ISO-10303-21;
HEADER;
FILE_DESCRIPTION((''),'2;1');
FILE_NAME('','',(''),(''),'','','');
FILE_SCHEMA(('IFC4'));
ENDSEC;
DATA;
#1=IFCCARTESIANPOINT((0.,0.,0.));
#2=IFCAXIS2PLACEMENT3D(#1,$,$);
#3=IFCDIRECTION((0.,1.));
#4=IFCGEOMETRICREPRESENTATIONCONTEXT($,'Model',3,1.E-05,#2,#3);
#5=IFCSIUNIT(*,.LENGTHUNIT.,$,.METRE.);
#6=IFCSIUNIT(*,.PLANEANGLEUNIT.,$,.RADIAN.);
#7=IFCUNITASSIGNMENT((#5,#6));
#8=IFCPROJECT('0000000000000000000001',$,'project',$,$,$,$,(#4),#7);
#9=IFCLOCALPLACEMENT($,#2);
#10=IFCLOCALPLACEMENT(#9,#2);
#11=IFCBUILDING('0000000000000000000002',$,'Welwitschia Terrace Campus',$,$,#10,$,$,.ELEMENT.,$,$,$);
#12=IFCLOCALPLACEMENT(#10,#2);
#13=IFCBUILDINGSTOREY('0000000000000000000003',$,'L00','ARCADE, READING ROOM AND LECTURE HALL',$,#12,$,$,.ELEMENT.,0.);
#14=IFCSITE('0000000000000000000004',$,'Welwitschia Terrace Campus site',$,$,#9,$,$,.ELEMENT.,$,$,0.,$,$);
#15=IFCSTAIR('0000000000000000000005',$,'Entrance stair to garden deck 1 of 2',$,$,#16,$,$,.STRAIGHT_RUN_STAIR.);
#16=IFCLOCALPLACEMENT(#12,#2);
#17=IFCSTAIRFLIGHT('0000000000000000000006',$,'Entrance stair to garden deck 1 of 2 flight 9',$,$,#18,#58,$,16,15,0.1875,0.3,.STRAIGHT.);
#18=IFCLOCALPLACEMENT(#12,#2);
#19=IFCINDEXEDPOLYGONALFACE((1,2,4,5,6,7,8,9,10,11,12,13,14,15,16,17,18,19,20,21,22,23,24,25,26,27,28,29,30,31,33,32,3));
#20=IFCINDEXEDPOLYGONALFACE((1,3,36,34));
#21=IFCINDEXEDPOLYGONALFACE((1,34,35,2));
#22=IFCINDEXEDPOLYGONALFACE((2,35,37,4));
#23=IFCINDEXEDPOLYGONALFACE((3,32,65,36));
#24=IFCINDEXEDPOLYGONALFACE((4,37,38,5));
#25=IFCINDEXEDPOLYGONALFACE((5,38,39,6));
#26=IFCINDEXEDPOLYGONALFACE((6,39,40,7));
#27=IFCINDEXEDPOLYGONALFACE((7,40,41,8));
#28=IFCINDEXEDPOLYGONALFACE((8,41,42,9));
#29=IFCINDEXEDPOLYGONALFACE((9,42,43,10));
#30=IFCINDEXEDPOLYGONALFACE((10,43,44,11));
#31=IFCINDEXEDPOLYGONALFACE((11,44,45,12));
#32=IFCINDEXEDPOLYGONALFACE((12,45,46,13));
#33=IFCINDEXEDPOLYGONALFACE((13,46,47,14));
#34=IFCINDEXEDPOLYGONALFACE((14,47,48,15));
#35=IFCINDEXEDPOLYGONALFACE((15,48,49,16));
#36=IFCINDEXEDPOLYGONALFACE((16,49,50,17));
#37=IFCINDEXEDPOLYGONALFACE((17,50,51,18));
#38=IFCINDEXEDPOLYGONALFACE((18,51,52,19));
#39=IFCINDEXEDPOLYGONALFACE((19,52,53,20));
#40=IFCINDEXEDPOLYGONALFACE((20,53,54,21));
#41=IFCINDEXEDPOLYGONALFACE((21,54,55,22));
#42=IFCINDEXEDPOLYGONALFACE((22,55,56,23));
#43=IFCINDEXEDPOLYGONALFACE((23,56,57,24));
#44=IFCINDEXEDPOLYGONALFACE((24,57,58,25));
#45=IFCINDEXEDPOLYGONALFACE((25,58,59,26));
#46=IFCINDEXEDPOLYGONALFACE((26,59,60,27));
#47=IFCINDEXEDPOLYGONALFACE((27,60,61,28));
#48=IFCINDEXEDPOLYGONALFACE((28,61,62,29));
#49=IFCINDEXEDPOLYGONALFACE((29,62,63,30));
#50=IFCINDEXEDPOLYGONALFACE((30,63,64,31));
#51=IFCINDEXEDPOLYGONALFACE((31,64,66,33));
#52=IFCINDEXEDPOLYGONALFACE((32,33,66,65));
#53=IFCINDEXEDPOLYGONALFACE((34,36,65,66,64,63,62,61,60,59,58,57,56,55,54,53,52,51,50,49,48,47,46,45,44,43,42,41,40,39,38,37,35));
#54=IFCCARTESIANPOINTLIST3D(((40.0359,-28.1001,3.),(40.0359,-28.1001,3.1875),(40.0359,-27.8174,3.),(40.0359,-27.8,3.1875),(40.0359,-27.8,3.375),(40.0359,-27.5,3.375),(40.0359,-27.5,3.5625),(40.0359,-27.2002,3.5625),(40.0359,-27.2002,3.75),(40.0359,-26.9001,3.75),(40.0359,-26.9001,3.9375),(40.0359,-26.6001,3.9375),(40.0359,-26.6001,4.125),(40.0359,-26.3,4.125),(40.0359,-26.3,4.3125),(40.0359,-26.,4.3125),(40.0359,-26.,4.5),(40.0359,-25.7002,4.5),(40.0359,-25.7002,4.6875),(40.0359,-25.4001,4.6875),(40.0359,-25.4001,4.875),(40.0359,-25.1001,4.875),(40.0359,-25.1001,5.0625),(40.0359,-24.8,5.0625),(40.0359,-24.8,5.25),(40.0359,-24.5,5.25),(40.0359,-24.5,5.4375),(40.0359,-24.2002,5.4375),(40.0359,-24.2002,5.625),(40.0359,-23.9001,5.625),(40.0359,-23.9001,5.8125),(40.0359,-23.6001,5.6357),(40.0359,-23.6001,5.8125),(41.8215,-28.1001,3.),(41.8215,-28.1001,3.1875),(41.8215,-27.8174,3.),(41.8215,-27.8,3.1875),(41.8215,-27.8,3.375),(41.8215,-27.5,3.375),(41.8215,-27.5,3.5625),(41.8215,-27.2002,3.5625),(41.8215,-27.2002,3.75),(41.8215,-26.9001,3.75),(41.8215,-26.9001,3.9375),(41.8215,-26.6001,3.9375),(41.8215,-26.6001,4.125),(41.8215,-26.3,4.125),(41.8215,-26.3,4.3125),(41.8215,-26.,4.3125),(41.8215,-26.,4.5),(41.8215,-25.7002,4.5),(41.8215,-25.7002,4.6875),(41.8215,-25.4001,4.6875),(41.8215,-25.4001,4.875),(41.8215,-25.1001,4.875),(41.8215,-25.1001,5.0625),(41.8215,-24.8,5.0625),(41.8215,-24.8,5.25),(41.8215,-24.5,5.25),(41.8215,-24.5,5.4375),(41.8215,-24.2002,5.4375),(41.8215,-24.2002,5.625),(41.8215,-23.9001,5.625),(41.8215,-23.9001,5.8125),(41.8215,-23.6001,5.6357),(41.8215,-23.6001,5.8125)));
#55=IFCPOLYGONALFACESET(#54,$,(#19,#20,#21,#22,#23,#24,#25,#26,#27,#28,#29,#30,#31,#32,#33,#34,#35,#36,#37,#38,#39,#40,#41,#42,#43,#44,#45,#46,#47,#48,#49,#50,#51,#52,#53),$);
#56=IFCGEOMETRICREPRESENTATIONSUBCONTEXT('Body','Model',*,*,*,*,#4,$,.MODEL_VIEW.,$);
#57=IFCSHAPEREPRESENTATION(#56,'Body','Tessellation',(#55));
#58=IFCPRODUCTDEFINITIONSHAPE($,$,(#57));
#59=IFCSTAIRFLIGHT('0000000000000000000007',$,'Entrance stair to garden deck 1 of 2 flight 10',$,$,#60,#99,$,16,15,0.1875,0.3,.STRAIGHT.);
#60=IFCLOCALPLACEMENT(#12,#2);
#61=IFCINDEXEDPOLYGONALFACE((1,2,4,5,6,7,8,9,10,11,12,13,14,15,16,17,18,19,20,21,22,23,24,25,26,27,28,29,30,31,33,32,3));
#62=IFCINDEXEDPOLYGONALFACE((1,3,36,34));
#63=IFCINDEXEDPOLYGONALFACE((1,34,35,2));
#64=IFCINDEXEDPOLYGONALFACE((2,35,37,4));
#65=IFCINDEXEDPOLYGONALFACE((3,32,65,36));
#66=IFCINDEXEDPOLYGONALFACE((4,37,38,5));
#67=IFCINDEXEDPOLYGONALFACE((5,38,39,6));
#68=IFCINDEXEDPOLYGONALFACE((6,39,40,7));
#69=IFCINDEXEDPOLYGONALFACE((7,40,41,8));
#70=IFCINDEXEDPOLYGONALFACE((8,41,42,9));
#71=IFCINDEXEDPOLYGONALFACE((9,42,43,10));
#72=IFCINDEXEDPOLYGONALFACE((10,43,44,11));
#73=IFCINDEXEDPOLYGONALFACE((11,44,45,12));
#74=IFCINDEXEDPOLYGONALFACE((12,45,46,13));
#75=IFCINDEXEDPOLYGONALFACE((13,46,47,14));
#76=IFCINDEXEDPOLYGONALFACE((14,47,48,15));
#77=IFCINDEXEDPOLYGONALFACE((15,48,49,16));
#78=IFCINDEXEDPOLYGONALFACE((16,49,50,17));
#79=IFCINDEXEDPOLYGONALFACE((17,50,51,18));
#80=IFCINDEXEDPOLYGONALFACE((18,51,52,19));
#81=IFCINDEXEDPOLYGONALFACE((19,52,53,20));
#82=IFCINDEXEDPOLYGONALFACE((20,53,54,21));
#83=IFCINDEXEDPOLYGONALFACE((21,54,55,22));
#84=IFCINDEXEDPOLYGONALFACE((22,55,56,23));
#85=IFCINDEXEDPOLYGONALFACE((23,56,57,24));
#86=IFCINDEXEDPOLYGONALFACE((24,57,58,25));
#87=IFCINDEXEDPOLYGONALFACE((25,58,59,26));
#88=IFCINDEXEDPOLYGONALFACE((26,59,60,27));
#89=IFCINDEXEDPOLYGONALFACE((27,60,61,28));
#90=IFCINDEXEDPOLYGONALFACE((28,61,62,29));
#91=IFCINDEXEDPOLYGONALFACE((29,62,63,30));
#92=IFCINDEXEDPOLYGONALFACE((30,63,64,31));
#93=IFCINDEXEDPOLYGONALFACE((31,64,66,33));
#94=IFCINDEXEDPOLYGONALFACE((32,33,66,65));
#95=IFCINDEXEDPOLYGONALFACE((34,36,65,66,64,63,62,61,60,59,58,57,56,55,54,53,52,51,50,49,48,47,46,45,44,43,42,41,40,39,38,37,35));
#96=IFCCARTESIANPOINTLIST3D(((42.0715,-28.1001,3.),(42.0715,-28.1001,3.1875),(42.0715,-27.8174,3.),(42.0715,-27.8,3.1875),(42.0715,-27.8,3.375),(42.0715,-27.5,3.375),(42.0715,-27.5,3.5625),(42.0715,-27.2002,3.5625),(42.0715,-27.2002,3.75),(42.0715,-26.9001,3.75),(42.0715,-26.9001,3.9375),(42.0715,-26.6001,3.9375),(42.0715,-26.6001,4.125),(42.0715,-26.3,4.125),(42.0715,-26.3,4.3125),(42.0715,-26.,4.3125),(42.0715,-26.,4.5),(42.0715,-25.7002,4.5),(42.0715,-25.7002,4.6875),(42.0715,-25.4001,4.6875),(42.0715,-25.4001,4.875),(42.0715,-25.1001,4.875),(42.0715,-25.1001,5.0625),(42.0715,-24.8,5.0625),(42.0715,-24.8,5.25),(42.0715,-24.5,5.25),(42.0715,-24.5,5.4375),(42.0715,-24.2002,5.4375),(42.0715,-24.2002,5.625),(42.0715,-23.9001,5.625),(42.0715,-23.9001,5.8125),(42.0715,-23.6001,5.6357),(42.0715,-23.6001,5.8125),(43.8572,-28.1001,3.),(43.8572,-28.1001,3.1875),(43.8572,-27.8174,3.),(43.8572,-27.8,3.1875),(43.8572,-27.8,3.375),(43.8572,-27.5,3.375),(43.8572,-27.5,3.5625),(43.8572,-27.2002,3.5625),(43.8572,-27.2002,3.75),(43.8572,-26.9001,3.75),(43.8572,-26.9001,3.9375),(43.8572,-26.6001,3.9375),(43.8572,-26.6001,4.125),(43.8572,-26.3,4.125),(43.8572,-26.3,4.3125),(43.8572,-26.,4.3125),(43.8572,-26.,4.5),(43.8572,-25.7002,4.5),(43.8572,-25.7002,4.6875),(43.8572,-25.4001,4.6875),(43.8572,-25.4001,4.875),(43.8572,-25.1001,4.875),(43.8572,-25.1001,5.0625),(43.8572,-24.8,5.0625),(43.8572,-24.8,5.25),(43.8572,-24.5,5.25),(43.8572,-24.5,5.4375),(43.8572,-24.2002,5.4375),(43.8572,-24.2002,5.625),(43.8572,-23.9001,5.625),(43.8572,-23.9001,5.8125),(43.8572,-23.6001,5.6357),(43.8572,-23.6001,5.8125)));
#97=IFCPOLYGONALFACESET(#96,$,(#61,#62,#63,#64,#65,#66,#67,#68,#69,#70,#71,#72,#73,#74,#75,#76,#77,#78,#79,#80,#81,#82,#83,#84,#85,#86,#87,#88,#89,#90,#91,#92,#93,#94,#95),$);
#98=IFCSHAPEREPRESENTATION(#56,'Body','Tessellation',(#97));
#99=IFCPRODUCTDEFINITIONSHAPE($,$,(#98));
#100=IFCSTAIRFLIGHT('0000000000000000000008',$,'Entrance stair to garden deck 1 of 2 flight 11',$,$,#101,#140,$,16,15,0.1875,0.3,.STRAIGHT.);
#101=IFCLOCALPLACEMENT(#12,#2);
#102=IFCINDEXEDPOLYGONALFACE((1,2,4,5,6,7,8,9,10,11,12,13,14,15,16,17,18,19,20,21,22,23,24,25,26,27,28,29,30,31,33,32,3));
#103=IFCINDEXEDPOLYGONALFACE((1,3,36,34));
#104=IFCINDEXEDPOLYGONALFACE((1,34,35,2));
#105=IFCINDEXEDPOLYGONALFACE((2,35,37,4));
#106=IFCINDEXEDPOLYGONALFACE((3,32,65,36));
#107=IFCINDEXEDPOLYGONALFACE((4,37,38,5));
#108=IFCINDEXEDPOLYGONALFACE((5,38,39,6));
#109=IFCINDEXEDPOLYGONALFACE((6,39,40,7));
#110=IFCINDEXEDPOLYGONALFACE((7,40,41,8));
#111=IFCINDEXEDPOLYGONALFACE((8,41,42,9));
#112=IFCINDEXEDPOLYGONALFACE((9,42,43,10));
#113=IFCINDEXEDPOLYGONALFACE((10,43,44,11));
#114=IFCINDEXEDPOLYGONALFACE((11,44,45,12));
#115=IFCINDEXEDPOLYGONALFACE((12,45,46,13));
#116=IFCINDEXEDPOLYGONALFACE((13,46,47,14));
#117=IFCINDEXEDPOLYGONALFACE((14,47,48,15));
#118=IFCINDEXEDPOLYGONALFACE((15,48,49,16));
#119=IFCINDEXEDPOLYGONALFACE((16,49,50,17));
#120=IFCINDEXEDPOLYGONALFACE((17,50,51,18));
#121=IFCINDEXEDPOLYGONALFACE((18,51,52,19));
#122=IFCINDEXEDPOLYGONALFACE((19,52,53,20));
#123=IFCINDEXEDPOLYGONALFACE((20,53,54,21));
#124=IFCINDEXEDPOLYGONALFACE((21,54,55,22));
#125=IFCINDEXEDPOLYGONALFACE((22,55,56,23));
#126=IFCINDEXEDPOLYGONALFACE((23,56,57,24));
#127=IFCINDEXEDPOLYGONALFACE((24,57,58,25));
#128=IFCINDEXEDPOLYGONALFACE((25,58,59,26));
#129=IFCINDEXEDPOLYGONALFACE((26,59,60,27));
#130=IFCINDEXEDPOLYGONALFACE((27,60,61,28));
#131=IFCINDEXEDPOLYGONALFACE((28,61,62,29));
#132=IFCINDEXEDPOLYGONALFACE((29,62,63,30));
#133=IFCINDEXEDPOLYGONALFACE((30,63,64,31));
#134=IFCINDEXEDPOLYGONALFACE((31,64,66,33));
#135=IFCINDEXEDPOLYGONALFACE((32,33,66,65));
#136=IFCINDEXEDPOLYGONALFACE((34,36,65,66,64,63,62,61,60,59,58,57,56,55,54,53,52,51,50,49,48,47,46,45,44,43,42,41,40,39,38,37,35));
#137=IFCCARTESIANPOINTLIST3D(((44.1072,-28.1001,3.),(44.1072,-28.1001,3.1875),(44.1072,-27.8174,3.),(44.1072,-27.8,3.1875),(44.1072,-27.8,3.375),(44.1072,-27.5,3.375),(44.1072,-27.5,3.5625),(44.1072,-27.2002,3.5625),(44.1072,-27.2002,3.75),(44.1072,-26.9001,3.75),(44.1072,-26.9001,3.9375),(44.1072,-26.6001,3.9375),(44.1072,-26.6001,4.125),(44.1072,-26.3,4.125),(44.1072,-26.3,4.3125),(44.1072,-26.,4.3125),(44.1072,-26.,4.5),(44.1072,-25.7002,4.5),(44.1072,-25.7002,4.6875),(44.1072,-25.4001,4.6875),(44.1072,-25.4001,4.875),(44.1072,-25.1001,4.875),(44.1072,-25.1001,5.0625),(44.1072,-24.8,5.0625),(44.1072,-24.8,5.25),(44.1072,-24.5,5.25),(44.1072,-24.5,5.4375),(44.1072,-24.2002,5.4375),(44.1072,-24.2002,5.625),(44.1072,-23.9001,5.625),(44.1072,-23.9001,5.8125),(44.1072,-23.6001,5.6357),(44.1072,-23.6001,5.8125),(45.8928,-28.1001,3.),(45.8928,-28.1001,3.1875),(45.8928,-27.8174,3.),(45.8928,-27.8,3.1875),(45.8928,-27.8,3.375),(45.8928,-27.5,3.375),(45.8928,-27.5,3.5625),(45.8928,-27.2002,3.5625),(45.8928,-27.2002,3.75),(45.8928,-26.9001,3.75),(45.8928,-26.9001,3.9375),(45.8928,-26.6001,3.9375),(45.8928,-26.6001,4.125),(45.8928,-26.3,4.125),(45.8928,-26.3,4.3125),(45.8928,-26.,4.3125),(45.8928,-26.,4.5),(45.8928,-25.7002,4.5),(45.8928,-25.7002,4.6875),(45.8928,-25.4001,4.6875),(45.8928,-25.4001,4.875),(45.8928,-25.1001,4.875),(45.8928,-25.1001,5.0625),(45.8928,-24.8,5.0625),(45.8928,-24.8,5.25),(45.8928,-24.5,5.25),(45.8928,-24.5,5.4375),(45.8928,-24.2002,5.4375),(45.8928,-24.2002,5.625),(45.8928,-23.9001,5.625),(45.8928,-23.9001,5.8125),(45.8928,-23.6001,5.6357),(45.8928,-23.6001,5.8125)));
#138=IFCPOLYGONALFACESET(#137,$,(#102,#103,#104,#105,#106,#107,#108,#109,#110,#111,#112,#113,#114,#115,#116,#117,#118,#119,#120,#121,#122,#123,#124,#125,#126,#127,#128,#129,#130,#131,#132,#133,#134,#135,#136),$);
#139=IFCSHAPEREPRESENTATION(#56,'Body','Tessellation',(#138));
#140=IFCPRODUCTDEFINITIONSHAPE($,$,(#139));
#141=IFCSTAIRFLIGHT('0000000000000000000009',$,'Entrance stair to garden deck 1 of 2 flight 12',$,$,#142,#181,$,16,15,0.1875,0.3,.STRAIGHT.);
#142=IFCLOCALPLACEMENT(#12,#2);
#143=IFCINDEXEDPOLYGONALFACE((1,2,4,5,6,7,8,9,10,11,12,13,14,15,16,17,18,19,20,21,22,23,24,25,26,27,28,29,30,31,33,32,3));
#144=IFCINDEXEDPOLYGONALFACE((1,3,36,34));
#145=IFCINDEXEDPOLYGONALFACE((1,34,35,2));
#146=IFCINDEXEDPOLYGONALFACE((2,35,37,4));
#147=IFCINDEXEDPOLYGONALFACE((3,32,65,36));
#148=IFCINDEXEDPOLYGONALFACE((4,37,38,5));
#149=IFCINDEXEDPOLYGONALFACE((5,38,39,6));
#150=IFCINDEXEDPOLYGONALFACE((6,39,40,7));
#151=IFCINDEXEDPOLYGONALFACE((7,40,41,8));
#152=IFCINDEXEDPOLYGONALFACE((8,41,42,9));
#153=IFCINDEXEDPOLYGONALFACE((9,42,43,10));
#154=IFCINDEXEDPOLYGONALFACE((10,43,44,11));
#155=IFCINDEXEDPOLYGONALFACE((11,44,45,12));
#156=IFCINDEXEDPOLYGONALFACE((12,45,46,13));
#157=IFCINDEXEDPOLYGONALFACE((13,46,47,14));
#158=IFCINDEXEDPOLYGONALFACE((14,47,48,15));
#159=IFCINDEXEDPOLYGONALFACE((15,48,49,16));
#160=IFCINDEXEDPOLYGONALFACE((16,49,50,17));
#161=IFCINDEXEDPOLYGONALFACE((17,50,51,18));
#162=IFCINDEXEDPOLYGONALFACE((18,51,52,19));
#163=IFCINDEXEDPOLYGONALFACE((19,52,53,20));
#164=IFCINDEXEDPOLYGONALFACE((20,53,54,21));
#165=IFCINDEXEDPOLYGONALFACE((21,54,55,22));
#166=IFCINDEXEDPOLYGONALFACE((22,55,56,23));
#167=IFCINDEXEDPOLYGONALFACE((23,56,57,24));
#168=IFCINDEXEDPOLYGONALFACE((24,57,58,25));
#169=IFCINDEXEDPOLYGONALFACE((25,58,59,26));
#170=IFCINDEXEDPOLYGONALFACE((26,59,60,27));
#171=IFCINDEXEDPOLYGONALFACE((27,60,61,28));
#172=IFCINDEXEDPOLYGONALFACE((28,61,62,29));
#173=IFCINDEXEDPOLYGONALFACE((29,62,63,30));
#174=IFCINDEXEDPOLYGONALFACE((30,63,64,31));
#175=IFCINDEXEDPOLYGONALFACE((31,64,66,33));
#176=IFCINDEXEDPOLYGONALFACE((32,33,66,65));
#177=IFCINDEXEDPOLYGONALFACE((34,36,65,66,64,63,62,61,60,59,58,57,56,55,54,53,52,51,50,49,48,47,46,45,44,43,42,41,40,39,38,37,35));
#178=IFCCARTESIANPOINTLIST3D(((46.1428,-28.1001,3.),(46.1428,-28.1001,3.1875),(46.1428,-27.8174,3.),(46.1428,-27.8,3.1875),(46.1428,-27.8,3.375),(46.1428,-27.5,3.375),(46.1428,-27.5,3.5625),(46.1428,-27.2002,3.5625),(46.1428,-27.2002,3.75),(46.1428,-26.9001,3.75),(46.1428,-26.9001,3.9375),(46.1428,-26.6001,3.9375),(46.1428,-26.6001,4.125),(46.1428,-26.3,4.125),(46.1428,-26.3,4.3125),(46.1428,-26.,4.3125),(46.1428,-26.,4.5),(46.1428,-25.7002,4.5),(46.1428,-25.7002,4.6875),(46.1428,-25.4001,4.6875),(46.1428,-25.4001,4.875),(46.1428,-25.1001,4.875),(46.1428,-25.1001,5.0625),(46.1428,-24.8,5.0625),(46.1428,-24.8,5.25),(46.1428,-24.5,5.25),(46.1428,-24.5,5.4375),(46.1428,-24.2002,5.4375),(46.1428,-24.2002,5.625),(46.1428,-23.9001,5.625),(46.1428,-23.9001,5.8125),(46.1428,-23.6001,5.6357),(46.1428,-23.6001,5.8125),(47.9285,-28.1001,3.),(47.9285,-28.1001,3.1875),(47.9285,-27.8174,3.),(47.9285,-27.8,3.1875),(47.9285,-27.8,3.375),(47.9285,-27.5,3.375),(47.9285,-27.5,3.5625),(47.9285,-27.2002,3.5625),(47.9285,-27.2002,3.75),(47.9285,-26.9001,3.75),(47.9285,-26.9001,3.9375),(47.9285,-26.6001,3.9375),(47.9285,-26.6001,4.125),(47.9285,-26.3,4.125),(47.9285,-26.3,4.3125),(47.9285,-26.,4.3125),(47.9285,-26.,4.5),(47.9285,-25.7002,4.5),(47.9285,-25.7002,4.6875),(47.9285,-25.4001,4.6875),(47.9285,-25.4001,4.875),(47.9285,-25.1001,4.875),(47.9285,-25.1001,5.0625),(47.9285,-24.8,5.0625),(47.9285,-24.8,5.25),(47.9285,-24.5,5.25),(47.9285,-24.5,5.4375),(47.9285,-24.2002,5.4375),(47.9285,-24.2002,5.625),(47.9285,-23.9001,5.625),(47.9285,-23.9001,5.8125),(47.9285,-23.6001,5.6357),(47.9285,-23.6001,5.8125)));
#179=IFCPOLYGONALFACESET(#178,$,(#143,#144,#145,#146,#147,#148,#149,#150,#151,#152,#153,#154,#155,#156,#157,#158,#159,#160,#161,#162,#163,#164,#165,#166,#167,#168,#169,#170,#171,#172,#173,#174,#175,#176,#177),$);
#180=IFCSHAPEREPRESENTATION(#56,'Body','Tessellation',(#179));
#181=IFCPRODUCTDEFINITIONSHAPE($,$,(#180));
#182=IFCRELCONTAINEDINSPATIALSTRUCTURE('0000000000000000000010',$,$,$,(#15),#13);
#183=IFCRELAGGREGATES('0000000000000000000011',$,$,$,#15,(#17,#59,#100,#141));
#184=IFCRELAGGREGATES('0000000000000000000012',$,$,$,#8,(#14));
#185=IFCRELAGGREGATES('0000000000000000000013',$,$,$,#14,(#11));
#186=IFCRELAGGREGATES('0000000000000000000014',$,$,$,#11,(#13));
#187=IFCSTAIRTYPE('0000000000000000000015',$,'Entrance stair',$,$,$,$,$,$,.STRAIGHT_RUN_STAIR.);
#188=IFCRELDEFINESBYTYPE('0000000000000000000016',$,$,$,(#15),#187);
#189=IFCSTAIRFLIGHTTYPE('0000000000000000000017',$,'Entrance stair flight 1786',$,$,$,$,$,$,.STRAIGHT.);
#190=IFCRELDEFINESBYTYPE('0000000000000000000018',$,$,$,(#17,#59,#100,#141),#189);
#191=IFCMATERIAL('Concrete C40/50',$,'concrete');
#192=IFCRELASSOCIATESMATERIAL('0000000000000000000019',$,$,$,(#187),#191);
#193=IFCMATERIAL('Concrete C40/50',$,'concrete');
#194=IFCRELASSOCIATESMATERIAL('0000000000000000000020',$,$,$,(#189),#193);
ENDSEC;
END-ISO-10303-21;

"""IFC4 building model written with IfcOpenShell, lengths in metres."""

from ifc_helpers import new_model, si_unit, direction, frame, origin, place, context, subcontext, project, spatial, polyline, outline, extrude, material, type_object, element, aggregate, save


model = new_model("IFC4")

# Units and contexts
model_context = context("Model", 3, precision=1e-05, world=origin(), true_north=direction((0.0, 1.0)))
body_context = subcontext(model_context, "Body", "Model", "MODEL_VIEW")
ifc_project = project(units=[si_unit("LENGTHUNIT", "METRE"), si_unit("PLANEANGLEUNIT", "RADIAN")], contexts=[model_context])

# Site, building, storey
site_placement = place(None, origin())
site = spatial("IfcSite", under=ifc_project, at=site_placement, Name="Welwitschia Terrace Campus site", CompositionType="ELEMENT", RefElevation=0.0)
building_placement = place(site_placement, origin())
building = spatial("IfcBuilding", under=site, at=building_placement, Name="Welwitschia Terrace Campus", CompositionType="ELEMENT")
storey_placement = place(building_placement, origin())
storey = spatial("IfcBuildingStorey", under=building, at=storey_placement, Name="L00", Description="ARCADE, READING ROOM AND LECTURE HALL", CompositionType="ELEMENT", Elevation=0.0)

# Stair, stair flights
ifc_material_1 = material(Name="Concrete C40/50", Category="concrete")
stair_type = type_object("IfcStairType", Name="Entrance stair", PredefinedType="STRAIGHT_RUN_STAIR", material=ifc_material_1)
stair_placement = place(storey_placement, origin())
stair = element("IfcStair", 1, at=stair_placement, inside=storey, type_object=stair_type, Name="Entrance stair to garden deck 1 of 2", PredefinedType="STRAIGHT_RUN_STAIR")
ifc_material_2 = material(Name="Concrete C40/50", Category="concrete")
stair_flight_type = type_object("IfcStairFlightType", Name="Entrance stair flight 1786", PredefinedType="STRAIGHT", material=ifc_material_2)
stair_flight_1_placement = place(storey_placement, frame((40.9287, -28.1001, 3.0), z_axis=(0.0, 0.0, 1.0), x_axis=(0.0, 1.0, 0.0)))
stair_flight_1 = element("IfcStairFlight", 2, at=stair_flight_1_placement, type_object=stair_flight_type, Name="Entrance stair to garden deck 1 of 2 flight 9", NumberOfRisers=16, NumberOfTreads=15, PredefinedType="STRAIGHT", RiserHeight=0.1875, TreadLength=0.3, context=body_context, shape_type="SweptSolid", body=[
    extrude(outline(polyline([(0.0, 0.0), (0.0, 0.1875), (0.3, 0.1875), (0.3, 0.375), (0.6001, 0.375), (0.6001, 0.5625), (0.8999, 0.5625), (0.8999, 0.75), (1.2, 0.75), (1.2, 0.9375), (1.5, 0.9375), (1.5, 1.125), (1.8, 1.125), (1.8, 1.3125), (2.1001, 1.3125), (2.1001, 1.5), (2.3999, 1.5), (2.3999, 1.6875), (2.7, 1.6875), (2.7, 1.875), (3.0, 1.875), (3.0, 2.0625), (3.3, 2.0625), (3.3, 2.25), (3.6001, 2.25), (3.6001, 2.4375), (3.8999, 2.4375), (3.8999, 2.625), (4.2, 2.625), (4.2, 2.8125), (4.5, 2.8125), (4.5, 3.0), (4.5, 2.6357), (0.2827, 0.0), (0.0, 0.0)])), frame((0.0, 0.8928, 0.0), z_axis=(0.0, -1.0, 0.0), x_axis=(1.0, 0.0, 0.0)), (0.0, 0.0, 1.0), 1.7856),
])
stair_flight_2_placement = place(storey_placement, frame((42.9644, -28.1001, 3.0), z_axis=(0.0, 0.0, 1.0), x_axis=(0.0, 1.0, 0.0)))
stair_flight_2 = element("IfcStairFlight", 3, at=stair_flight_2_placement, type_object=stair_flight_type, Name="Entrance stair to garden deck 1 of 2 flight 10", NumberOfRisers=16, NumberOfTreads=15, PredefinedType="STRAIGHT", RiserHeight=0.1875, TreadLength=0.3, context=body_context, shape_type="SweptSolid", body=[
    extrude(outline(polyline([(0.0, 0.0), (0.0, 0.1875), (0.3, 0.1875), (0.3, 0.375), (0.6001, 0.375), (0.6001, 0.5625), (0.8999, 0.5625), (0.8999, 0.75), (1.2, 0.75), (1.2, 0.9375), (1.5, 0.9375), (1.5, 1.125), (1.8, 1.125), (1.8, 1.3125), (2.1001, 1.3125), (2.1001, 1.5), (2.3999, 1.5), (2.3999, 1.6875), (2.7, 1.6875), (2.7, 1.875), (3.0, 1.875), (3.0, 2.0625), (3.3, 2.0625), (3.3, 2.25), (3.6001, 2.25), (3.6001, 2.4375), (3.8999, 2.4375), (3.8999, 2.625), (4.2, 2.625), (4.2, 2.8125), (4.5, 2.8125), (4.5, 3.0), (4.5, 2.6357), (0.2827, 0.0), (0.0, 0.0)])), frame((0.0, 0.8928, 0.0), z_axis=(0.0, -1.0, 0.0), x_axis=(1.0, 0.0, 0.0)), (0.0, 0.0, 1.0), 1.7856),
])
stair_flight_3_placement = place(storey_placement, frame((45.0, -28.1001, 3.0), z_axis=(0.0, 0.0, 1.0), x_axis=(0.0, 1.0, 0.0)))
stair_flight_3 = element("IfcStairFlight", 4, at=stair_flight_3_placement, type_object=stair_flight_type, Name="Entrance stair to garden deck 1 of 2 flight 11", NumberOfRisers=16, NumberOfTreads=15, PredefinedType="STRAIGHT", RiserHeight=0.1875, TreadLength=0.3, context=body_context, shape_type="SweptSolid", body=[
    extrude(outline(polyline([(0.0, 0.0), (0.0, 0.1875), (0.3, 0.1875), (0.3, 0.375), (0.6001, 0.375), (0.6001, 0.5625), (0.8999, 0.5625), (0.8999, 0.75), (1.2, 0.75), (1.2, 0.9375), (1.5, 0.9375), (1.5, 1.125), (1.8, 1.125), (1.8, 1.3125), (2.1001, 1.3125), (2.1001, 1.5), (2.3999, 1.5), (2.3999, 1.6875), (2.7, 1.6875), (2.7, 1.875), (3.0, 1.875), (3.0, 2.0625), (3.3, 2.0625), (3.3, 2.25), (3.6001, 2.25), (3.6001, 2.4375), (3.8999, 2.4375), (3.8999, 2.625), (4.2, 2.625), (4.2, 2.8125), (4.5, 2.8125), (4.5, 3.0), (4.5, 2.6357), (0.2827, 0.0), (0.0, 0.0)])), frame((0.0, 0.8928, 0.0), z_axis=(0.0, -1.0, 0.0), x_axis=(1.0, 0.0, 0.0)), (0.0, 0.0, 1.0), 1.7856),
])
stair_flight_4_placement = place(storey_placement, frame((47.0356, -28.1001, 3.0), z_axis=(0.0, 0.0, 1.0), x_axis=(0.0, 1.0, 0.0)))
stair_flight_4 = element("IfcStairFlight", 5, at=stair_flight_4_placement, type_object=stair_flight_type, Name="Entrance stair to garden deck 1 of 2 flight 12", NumberOfRisers=16, NumberOfTreads=15, PredefinedType="STRAIGHT", RiserHeight=0.1875, TreadLength=0.3, context=body_context, shape_type="SweptSolid", body=[
    extrude(outline(polyline([(0.0, 0.0), (0.0, 0.1875), (0.3, 0.1875), (0.3, 0.375), (0.6001, 0.375), (0.6001, 0.5625), (0.8999, 0.5625), (0.8999, 0.75), (1.2, 0.75), (1.2, 0.9375), (1.5, 0.9375), (1.5, 1.125), (1.8, 1.125), (1.8, 1.3125), (2.1001, 1.3125), (2.1001, 1.5), (2.3999, 1.5), (2.3999, 1.6875), (2.7, 1.6875), (2.7, 1.875), (3.0, 1.875), (3.0, 2.0625), (3.3, 2.0625), (3.3, 2.25), (3.6001, 2.25), (3.6001, 2.4375), (3.8999, 2.4375), (3.8999, 2.625), (4.2, 2.625), (4.2, 2.8125), (4.5, 2.8125), (4.5, 3.0), (4.5, 2.6357), (0.2827, 0.0), (0.0, 0.0)])), frame((0.0, 0.8928, 0.0), z_axis=(0.0, -1.0, 0.0), x_axis=(1.0, 0.0, 0.0)), (0.0, 0.0, 1.0), 1.7856),
])
aggregate(stair, [stair_flight_1, stair_flight_2, stair_flight_3, stair_flight_4])

save(model, "model.ifc")
